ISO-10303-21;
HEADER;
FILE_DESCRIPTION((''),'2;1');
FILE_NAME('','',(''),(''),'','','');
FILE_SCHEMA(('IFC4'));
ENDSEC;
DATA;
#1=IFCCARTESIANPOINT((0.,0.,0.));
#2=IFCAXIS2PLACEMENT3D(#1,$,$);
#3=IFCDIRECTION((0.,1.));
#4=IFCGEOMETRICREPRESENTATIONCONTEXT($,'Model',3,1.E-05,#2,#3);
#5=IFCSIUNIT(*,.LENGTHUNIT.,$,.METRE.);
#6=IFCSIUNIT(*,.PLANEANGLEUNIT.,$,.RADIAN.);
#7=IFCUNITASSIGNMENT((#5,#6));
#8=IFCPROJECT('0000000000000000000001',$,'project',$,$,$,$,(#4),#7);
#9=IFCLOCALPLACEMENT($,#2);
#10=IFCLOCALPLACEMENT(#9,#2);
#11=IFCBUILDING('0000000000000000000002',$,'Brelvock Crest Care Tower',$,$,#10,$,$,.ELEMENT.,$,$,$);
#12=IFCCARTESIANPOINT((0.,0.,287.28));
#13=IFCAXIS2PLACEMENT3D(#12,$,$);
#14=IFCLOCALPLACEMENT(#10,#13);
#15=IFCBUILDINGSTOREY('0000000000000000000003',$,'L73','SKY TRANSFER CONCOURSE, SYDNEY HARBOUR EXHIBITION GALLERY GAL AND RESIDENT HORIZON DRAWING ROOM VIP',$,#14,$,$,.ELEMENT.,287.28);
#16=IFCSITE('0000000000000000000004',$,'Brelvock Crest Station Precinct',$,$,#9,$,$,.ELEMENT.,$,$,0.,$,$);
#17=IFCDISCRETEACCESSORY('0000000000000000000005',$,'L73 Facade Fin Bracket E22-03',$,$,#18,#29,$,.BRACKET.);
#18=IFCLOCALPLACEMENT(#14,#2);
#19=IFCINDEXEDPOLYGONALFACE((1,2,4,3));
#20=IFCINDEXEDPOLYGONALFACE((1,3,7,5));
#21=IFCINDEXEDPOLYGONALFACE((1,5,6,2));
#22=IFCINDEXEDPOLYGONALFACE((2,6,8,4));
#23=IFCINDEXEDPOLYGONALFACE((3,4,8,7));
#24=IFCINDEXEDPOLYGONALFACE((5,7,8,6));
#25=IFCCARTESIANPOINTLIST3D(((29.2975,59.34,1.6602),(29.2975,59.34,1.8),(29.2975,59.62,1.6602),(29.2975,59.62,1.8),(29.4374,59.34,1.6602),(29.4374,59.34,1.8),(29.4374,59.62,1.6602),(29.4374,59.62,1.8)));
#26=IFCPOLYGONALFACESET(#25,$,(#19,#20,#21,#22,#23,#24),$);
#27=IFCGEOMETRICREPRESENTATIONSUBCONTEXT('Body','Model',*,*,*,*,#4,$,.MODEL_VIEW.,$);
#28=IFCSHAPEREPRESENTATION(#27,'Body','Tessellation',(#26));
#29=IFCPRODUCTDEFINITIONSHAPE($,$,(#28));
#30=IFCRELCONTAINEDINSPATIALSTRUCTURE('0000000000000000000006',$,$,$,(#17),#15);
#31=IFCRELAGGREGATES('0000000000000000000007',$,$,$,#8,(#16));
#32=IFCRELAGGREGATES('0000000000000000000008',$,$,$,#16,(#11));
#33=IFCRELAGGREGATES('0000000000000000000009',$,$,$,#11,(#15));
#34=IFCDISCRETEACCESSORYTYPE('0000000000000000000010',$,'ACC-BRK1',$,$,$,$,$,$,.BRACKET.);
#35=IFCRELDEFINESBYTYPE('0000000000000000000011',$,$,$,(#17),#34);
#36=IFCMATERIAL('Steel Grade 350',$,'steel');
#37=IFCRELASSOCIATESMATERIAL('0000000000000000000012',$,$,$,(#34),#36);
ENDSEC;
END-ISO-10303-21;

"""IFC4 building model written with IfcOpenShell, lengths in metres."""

from ifc_helpers import new_model, si_unit, direction, frame, origin, origin_2d, place, context, subcontext, project, spatial, rectangle, extrude, source, transform, mapped, material, type_object, element, save


model = new_model("IFC4")

# Units and contexts
model_context = context("Model", 3, precision=1e-05, world=origin(), true_north=direction((0.0, 1.0)))
body_context = subcontext(model_context, "Body", "Model", "MODEL_VIEW")
ifc_project = project(units=[si_unit("LENGTHUNIT", "METRE"), si_unit("PLANEANGLEUNIT", "RADIAN")], contexts=[model_context])

# Site, building, storey
site_placement = place(None, origin())
site = spatial("IfcSite", under=ifc_project, at=site_placement, Name="Brelvock Crest Station Precinct", CompositionType="ELEMENT", RefElevation=0.0)
building_placement = place(site_placement, origin())
building = spatial("IfcBuilding", under=site, at=building_placement, Name="Brelvock Crest Care Tower", CompositionType="ELEMENT")
storey_placement = place(building_placement, frame((0.0, 0.0, 287.28)))
storey = spatial("IfcBuildingStorey", under=building, at=storey_placement, Name="L73", Description="SKY TRANSFER CONCOURSE, SYDNEY HARBOUR EXHIBITION GALLERY GAL AND RESIDENT HORIZON DRAWING ROOM VIP", CompositionType="ELEMENT", Elevation=287.28)

# Discrete accessory
ifc_material_1 = material(Name="Steel Grade 350", Category="steel")
discrete_accessory_type = type_object("IfcDiscreteAccessoryType", Name="ACC-BRK1", PredefinedType="BRACKET", material=ifc_material_1)
shared_shape_1 = source(origin(), body_context, "Body", "SweptSolid", [
    extrude(rectangle(XDim=0.28, YDim=0.1399, at=origin_2d()), origin(), (0.0, 0.0, 1.0), 0.1399),
])
for number, where, z_axis, x_axis, name in (
    (1, (29.3674, 59.48, 1.6602), (0.0, 0.0, 1.0), (0.0, 1.0, 0.0), "L73 Facade Fin Bracket E22-03"),
):
    element("IfcDiscreteAccessory", number, at=place(storey_placement, frame(where, z_axis=z_axis, x_axis=x_axis)), inside=storey, type_object=discrete_accessory_type, Name=name, PredefinedType="BRACKET", context=body_context, shape_type="MappedRepresentation", body=[
        mapped(shared_shape_1, transform((0.0, 0.0, 0.0), x_axis=(1.0, 0.0, 0.0), y_axis=(0.0, 1.0, 0.0), z_axis=(0.0, 0.0, 1.0), scale=1.0)),
    ])

save(model, "model.ifc")
